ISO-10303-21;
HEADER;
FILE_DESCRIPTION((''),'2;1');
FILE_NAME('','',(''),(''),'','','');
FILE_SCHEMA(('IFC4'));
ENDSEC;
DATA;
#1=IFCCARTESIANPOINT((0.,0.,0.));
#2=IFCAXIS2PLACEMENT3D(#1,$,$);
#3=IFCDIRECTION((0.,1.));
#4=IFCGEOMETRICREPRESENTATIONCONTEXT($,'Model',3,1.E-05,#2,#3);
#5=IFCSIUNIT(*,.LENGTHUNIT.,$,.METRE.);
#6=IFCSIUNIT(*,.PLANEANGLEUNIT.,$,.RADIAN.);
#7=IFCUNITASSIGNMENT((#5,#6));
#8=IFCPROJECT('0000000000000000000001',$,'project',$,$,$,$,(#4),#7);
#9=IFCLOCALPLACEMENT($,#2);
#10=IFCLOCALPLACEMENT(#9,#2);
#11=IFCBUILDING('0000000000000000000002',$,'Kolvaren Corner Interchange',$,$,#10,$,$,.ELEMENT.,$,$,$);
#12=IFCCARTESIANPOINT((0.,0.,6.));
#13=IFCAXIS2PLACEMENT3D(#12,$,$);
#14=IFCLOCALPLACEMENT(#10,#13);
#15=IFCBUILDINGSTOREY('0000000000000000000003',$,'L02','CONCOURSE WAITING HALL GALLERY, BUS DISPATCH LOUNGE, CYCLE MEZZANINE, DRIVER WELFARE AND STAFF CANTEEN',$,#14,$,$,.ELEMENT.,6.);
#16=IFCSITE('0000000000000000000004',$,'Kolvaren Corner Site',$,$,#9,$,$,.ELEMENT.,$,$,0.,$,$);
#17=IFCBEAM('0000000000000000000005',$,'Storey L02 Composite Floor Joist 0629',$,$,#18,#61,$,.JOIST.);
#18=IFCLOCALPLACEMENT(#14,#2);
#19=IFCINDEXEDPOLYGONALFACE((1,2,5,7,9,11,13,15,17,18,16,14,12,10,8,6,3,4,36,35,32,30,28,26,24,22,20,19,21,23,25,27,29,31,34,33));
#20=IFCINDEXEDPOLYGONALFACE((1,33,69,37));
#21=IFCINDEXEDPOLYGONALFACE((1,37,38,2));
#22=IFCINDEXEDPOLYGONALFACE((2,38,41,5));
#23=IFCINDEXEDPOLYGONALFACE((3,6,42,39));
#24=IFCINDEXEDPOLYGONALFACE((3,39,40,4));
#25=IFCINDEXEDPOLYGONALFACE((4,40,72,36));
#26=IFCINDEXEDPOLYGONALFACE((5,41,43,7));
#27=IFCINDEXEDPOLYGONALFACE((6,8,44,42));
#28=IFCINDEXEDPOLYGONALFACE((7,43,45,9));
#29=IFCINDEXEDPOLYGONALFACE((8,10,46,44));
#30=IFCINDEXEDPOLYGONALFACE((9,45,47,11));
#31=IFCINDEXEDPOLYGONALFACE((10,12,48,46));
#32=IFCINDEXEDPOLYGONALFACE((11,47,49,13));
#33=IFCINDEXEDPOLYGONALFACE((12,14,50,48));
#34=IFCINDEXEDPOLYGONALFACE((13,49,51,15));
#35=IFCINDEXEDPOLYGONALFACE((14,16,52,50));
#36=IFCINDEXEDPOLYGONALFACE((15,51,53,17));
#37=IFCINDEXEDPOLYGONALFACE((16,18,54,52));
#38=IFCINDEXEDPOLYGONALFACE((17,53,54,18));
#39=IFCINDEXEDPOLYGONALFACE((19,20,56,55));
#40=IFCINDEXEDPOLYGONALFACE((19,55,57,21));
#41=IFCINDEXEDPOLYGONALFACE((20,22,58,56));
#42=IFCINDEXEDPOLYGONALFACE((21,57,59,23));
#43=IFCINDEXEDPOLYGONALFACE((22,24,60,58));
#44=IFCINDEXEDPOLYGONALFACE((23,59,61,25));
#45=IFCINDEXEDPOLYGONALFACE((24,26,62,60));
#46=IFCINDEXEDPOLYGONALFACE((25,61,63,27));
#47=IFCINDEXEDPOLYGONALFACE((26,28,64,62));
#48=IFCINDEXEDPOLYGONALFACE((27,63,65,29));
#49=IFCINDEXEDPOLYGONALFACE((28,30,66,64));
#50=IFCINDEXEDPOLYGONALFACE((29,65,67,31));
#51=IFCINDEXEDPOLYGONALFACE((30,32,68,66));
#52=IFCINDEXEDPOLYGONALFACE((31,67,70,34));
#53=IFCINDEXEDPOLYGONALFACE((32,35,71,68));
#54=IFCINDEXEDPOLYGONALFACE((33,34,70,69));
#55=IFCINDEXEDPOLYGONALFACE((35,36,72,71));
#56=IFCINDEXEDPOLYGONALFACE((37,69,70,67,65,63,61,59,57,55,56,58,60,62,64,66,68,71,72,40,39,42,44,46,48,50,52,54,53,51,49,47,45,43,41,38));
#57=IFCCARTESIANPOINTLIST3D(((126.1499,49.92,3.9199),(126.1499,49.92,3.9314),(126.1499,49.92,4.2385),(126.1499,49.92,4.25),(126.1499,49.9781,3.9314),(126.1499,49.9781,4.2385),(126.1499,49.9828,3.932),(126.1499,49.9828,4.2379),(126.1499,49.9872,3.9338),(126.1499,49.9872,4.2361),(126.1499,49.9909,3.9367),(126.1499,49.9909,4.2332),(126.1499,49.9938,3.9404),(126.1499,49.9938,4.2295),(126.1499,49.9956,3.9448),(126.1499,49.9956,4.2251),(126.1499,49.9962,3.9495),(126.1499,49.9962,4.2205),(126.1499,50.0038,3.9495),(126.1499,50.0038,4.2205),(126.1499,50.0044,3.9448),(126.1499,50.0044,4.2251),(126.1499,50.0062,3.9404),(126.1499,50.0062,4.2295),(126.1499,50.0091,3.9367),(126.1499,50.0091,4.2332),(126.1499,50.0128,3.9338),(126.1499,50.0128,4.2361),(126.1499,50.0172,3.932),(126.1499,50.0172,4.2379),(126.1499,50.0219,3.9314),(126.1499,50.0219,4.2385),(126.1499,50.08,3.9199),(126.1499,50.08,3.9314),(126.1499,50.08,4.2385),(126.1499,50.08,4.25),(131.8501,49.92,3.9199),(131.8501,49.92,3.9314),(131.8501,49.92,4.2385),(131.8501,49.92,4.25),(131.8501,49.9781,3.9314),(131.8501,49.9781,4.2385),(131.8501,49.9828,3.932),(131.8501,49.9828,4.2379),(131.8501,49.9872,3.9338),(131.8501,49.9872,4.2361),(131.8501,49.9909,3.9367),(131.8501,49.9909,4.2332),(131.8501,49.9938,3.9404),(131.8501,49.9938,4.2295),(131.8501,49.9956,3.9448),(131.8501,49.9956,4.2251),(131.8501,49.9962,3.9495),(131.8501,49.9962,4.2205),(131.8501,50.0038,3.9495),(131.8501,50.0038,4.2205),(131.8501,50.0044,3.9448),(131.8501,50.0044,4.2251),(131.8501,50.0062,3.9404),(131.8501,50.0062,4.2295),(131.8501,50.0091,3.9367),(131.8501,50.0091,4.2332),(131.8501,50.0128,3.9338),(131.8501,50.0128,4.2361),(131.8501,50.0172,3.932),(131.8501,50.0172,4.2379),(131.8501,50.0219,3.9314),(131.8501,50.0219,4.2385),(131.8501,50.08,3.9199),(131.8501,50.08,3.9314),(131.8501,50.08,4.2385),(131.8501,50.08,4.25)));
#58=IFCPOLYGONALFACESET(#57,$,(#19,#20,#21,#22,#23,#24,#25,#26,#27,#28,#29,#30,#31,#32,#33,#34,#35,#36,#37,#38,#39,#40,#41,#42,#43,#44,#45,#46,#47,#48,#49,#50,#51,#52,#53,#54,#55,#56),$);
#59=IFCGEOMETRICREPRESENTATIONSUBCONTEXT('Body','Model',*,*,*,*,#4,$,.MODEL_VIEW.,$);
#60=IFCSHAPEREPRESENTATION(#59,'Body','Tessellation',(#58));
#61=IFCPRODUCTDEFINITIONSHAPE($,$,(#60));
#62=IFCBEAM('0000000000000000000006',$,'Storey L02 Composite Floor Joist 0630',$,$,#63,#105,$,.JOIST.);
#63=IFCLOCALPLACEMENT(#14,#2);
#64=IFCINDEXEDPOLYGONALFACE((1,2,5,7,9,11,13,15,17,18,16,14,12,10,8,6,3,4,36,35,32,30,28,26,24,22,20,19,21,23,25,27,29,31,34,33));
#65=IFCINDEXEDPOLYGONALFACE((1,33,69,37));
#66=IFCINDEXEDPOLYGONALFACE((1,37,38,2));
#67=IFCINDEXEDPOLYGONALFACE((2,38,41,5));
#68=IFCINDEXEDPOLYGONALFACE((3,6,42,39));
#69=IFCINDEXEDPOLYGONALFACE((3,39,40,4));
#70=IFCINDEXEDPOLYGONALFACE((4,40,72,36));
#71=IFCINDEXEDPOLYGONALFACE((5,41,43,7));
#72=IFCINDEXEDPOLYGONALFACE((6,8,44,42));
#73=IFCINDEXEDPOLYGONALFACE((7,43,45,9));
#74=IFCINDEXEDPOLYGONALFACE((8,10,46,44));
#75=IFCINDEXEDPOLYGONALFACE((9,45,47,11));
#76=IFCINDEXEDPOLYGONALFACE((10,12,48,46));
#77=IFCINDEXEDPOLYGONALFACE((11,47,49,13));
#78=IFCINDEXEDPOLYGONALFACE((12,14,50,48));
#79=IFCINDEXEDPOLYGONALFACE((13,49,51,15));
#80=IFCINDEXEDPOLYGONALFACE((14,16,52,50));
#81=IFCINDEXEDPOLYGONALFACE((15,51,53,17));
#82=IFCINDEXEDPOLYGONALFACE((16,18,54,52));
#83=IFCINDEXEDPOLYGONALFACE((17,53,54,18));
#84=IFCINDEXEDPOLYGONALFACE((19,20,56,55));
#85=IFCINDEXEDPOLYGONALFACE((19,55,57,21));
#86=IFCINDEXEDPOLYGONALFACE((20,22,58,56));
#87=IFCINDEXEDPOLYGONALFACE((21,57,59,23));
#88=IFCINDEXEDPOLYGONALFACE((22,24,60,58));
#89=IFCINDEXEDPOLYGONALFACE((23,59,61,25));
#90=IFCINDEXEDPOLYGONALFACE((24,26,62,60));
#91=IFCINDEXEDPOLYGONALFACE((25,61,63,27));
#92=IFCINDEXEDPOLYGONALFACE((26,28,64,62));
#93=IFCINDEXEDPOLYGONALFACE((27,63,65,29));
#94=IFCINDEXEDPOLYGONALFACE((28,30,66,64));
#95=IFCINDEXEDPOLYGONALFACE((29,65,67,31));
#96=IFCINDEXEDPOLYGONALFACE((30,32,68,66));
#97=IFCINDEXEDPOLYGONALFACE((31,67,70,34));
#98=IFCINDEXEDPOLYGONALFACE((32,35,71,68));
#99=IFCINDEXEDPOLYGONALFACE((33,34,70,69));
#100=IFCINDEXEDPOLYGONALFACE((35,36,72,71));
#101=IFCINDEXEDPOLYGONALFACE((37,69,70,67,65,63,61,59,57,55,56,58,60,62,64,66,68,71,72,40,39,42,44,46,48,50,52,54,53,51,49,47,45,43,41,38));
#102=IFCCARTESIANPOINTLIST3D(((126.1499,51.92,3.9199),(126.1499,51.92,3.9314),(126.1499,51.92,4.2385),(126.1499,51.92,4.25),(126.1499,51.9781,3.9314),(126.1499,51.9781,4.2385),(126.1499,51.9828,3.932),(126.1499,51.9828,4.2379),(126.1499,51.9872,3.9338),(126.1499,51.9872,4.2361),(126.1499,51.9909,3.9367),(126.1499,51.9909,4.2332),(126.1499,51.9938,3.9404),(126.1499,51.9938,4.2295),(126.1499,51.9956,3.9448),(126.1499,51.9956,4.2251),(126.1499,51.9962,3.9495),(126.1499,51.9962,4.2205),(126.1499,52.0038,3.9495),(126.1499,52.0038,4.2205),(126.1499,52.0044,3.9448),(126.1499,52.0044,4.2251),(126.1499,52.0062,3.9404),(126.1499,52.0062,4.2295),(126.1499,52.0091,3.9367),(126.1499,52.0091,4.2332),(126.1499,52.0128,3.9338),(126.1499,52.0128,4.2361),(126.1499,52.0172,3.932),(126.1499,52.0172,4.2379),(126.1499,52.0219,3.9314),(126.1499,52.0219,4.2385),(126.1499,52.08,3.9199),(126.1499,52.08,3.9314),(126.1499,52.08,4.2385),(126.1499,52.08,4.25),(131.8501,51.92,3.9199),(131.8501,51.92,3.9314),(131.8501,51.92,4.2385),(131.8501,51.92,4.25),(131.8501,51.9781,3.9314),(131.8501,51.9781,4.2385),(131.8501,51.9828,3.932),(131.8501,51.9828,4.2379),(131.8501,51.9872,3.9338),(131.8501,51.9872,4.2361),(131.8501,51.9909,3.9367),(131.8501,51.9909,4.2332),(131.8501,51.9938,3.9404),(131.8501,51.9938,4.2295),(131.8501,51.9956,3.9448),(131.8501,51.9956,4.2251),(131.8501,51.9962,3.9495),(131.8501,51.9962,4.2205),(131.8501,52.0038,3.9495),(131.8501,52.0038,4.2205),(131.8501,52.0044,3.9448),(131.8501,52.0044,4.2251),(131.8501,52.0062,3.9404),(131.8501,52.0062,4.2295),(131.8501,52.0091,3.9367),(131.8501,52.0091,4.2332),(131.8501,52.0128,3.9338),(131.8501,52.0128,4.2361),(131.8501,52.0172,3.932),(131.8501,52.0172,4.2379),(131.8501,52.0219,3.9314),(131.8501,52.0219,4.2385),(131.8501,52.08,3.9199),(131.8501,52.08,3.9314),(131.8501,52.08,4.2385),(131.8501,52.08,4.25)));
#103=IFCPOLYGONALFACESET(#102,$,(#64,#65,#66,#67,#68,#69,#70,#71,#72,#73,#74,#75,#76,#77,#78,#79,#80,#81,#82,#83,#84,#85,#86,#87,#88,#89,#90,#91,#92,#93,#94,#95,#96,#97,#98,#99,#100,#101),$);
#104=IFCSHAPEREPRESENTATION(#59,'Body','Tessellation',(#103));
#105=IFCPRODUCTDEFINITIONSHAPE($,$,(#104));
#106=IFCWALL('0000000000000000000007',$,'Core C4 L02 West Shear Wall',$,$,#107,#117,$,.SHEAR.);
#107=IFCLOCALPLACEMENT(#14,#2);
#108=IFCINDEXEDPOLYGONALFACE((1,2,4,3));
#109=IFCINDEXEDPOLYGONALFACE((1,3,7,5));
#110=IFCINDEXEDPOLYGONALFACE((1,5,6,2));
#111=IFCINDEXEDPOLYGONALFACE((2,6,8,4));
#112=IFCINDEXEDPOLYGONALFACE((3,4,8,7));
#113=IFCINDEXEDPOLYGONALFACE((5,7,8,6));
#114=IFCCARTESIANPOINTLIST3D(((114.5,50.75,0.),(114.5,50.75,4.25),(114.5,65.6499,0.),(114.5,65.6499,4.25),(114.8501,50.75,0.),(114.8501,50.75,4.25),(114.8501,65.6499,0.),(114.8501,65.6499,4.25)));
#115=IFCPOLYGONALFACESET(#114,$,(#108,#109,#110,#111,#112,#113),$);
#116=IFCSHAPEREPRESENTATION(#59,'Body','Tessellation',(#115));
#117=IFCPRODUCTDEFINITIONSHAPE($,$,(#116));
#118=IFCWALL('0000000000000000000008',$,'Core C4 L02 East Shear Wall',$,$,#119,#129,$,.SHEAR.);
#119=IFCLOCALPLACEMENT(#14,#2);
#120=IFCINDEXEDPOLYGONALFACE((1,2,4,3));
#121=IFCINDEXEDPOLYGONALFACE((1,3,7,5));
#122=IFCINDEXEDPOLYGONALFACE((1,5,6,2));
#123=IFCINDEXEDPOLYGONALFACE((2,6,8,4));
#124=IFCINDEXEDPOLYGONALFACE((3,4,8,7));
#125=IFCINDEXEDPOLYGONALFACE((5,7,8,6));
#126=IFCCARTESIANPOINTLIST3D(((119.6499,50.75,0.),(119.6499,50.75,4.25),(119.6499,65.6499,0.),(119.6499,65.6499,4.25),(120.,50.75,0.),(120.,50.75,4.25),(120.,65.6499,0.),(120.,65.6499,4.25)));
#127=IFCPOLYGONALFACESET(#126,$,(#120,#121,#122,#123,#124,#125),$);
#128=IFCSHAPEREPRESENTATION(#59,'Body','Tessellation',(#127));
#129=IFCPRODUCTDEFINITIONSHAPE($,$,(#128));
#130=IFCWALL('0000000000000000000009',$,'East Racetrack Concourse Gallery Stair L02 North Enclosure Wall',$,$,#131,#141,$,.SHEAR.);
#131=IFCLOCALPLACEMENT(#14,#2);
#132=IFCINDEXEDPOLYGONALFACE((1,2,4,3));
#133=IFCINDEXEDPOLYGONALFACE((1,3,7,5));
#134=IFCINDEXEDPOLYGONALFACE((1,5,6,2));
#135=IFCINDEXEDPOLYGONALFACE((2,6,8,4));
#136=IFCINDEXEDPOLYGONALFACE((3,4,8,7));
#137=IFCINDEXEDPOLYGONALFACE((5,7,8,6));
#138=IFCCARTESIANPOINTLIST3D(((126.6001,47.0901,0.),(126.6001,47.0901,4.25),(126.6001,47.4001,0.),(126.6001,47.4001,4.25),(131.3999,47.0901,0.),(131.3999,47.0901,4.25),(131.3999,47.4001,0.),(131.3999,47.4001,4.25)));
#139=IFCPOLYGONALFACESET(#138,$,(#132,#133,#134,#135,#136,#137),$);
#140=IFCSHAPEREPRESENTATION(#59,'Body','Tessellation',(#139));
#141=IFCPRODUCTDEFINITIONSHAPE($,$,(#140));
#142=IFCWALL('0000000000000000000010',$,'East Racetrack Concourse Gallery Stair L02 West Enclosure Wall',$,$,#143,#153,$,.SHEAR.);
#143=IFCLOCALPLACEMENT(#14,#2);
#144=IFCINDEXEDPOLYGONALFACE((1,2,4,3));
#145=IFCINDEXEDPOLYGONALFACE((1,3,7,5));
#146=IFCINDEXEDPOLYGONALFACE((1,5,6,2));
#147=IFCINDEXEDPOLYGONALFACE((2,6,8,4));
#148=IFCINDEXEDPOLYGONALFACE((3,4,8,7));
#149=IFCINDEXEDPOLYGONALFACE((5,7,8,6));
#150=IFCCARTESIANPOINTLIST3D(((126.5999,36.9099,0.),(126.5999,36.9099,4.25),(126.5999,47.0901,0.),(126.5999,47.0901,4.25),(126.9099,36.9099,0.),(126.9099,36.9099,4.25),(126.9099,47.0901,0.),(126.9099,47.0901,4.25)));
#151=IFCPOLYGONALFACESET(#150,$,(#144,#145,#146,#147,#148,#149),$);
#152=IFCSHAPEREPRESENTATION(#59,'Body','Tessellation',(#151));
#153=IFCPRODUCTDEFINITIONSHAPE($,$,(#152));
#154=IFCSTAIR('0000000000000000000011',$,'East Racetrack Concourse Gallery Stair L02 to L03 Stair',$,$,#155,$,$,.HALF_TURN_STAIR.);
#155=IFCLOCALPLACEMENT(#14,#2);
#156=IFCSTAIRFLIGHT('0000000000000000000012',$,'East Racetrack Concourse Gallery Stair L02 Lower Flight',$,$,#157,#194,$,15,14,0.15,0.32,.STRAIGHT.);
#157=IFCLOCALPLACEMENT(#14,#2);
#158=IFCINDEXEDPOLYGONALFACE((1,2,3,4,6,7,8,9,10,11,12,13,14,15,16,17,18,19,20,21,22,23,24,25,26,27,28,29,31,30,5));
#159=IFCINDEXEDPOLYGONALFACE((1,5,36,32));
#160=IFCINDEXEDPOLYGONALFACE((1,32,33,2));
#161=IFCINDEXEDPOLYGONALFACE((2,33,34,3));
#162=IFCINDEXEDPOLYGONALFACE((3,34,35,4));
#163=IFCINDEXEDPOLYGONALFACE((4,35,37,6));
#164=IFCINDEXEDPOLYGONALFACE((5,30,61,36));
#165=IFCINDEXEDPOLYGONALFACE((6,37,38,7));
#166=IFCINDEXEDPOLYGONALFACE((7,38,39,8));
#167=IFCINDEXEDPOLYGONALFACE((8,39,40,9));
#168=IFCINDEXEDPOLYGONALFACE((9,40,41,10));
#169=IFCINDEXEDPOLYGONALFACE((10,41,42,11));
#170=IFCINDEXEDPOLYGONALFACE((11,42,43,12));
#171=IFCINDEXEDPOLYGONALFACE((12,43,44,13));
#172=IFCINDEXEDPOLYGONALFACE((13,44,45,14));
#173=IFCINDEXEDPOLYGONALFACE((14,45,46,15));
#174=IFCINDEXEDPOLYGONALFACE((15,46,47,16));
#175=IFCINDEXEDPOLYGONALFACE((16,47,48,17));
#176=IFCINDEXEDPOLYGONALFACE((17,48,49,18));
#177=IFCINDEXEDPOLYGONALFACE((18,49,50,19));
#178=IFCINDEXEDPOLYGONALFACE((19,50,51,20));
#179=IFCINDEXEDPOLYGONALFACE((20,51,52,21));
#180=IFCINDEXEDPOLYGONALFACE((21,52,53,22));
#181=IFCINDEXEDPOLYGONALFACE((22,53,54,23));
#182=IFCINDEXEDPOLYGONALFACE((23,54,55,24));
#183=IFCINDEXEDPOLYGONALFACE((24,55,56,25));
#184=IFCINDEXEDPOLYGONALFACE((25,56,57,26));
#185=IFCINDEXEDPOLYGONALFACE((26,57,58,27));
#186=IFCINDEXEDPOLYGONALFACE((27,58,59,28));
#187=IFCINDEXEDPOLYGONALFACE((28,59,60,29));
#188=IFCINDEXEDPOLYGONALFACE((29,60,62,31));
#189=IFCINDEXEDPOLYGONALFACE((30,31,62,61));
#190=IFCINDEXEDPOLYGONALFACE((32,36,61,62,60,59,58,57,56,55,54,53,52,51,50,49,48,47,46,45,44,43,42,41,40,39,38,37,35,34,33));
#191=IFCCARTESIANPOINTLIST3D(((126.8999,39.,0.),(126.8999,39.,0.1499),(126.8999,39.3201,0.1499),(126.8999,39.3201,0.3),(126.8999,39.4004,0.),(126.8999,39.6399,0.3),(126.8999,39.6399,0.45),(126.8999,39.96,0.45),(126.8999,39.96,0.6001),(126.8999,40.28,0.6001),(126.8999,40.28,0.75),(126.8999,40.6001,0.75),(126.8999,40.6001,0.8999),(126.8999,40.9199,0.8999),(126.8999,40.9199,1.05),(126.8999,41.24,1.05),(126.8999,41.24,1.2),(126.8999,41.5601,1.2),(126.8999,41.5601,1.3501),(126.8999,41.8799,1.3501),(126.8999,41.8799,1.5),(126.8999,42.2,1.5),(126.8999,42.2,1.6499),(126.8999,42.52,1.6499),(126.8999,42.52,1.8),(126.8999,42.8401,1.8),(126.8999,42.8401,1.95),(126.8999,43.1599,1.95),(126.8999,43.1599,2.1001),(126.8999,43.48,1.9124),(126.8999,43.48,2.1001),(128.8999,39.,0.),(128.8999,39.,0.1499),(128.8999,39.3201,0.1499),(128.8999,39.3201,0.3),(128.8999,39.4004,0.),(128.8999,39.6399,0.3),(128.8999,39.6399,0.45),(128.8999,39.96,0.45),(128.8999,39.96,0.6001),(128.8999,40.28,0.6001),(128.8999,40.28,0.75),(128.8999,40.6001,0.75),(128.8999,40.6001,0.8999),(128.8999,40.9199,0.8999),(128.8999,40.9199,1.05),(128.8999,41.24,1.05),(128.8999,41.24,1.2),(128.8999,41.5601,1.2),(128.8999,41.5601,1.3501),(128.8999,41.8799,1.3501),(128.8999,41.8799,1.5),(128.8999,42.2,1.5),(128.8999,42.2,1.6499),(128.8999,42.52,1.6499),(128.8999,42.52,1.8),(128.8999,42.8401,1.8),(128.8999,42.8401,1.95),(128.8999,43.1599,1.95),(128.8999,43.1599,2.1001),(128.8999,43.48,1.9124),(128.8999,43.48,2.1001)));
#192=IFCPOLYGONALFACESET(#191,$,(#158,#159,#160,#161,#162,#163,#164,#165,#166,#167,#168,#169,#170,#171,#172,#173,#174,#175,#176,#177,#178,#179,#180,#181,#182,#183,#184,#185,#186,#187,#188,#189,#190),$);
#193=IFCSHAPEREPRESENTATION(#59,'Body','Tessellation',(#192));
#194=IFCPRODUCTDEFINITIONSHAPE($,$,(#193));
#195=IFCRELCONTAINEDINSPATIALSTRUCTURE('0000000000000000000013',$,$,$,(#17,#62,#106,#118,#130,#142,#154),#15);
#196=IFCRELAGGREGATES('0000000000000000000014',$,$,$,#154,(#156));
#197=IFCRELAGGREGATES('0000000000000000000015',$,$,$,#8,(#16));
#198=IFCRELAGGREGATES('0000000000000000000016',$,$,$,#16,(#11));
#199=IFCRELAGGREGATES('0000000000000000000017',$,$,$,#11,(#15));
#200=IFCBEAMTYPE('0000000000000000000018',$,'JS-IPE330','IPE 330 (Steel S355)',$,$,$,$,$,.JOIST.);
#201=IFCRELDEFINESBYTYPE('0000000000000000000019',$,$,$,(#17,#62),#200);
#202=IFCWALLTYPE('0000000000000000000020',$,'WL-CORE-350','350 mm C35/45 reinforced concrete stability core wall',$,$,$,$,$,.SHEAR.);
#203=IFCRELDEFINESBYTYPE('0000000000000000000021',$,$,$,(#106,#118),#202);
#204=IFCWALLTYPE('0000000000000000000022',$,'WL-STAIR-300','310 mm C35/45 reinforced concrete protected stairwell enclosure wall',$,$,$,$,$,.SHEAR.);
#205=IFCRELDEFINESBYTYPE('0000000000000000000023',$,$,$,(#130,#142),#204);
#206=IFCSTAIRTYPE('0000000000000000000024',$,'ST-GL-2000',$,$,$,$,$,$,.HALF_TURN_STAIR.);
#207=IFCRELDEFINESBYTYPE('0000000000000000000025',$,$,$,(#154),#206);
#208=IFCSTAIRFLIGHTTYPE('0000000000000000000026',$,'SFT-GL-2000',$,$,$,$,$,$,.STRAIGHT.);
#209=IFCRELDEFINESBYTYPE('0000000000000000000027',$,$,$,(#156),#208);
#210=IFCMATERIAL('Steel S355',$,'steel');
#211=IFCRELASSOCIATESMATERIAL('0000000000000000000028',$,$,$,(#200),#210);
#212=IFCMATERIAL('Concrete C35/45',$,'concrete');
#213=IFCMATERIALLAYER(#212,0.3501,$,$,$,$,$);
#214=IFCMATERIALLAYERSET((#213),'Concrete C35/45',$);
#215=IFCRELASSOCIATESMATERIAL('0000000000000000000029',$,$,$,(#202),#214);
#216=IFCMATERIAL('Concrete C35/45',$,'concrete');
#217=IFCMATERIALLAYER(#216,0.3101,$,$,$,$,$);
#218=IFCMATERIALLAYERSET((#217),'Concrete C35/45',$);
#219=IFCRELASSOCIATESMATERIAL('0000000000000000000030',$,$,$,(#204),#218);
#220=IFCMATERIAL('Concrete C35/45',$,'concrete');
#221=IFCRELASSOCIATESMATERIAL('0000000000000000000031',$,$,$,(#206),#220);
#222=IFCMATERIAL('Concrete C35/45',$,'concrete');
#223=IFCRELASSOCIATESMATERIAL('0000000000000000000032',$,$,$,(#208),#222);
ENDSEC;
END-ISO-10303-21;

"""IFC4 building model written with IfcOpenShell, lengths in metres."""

from ifc_helpers import new_model, si_unit, direction, frame, frame_2d, origin, origin_2d, place, context, subcontext, project, spatial, polyline, rectangle, i_section, outline, extrude, material, layer, layer_set, material_profile, profile_set, type_object, element, aggregate, save


model = new_model("IFC4")

# Units and contexts
model_context = context("Model", 3, precision=1e-05, world=origin(), true_north=direction((0.0, 1.0)))
body_context = subcontext(model_context, "Body", "Model", "MODEL_VIEW")
ifc_project = project(units=[si_unit("LENGTHUNIT", "METRE"), si_unit("PLANEANGLEUNIT", "RADIAN")], contexts=[model_context])

# Site, building, storey
site_placement = place(None, origin())
site = spatial("IfcSite", under=ifc_project, at=site_placement, Name="Kolvaren Corner Site", CompositionType="ELEMENT", RefElevation=0.0)
building_placement = place(site_placement, origin())
building = spatial("IfcBuilding", under=site, at=building_placement, Name="Kolvaren Corner Interchange", CompositionType="ELEMENT")
storey_placement = place(building_placement, frame((0.0, 0.0, 6.0)))
storey = spatial("IfcBuildingStorey", under=building, at=storey_placement, Name="L02", Description="CONCOURSE WAITING HALL GALLERY, BUS DISPATCH LOUNGE, CYCLE MEZZANINE, DRIVER WELFARE AND STAFF CANTEEN", CompositionType="ELEMENT", Elevation=6.0)

# Beams
ifc_material_1 = material(Name="Steel S355", Category="steel")
ifc_material_profile_1 = material_profile(ifc_material_1, i_section(OverallWidth=0.1599, OverallDepth=0.3301, WebThickness=0.0076, FlangeThickness=0.0115, FilletRadius=0.0181, at=origin_2d()), Name="IPE 330")
ifc_profile_set_1 = profile_set([ifc_material_profile_1], Name="Steel S355")
beam_type_1 = type_object("IfcBeamType", Name="JS-IPE330", Description="IPE 330 (Steel S355)", PredefinedType="JOIST", material=ifc_profile_set_1)
for number, where, z_axis, x_axis, name in (
    (1, (126.1499, 50.0, 4.085), (1.0, 0.0, 0.0), (0.0, 1.0, 0.0), "Storey L02 Composite Floor Joist 0629"),
    (2, (126.1499, 52.0, 4.085), (1.0, 0.0, 0.0), (0.0, 1.0, 0.0), "Storey L02 Composite Floor Joist 0630"),
):
    element("IfcBeam", number, at=place(storey_placement, frame(where, z_axis=z_axis, x_axis=x_axis)), inside=storey, type_object=beam_type_1, Name=name, PredefinedType="JOIST", context=body_context, shape_type="SweptSolid", body=[
        extrude(i_section(OverallWidth=0.1599, OverallDepth=0.3301, WebThickness=0.0076, FlangeThickness=0.0115, FilletRadius=0.0181, at=origin_2d()), origin(), (0.0, 0.0, 1.0), 5.7002),
    ])

# Walls
ifc_material_2 = material(Name="Concrete C35/45", Category="concrete")
ifc_layer_1 = layer(ifc_material_2, 0.3501)
ifc_layer_set_1 = layer_set([ifc_layer_1], Name="Concrete C35/45")
wall_type_1 = type_object("IfcWallType", Name="WL-CORE-350", Description="350 mm C35/45 reinforced concrete stability core wall", PredefinedType="SHEAR", material=ifc_layer_set_1)
for number, where, z_axis, x_axis, name in (
    (3, (114.675, 50.75, 0.0), (0.0, 0.0, 1.0), (0.0, 1.0, 0.0), "Core C4 L02 West Shear Wall"),
    (4, (119.825, 50.75, 0.0), (0.0, 0.0, 1.0), (0.0, 1.0, 0.0), "Core C4 L02 East Shear Wall"),
):
    element("IfcWall", number, at=place(storey_placement, frame(where, z_axis=z_axis, x_axis=x_axis)), inside=storey, type_object=wall_type_1, Name=name, PredefinedType="SHEAR", context=body_context, shape_type="SweptSolid", body=[
        extrude(rectangle(XDim=14.8999, YDim=0.3501, at=frame_2d((7.45, 0.0))), origin(), (0.0, 0.0, 1.0), 4.25),
    ])

# Shared definitions
ifc_material_3 = material(Name="Concrete C35/45", Category="concrete")
ifc_layer_2 = layer(ifc_material_3, 0.3101)
ifc_layer_set_2 = layer_set([ifc_layer_2], Name="Concrete C35/45")
wall_type_2 = type_object("IfcWallType", Name="WL-STAIR-300", Description="310 mm C35/45 reinforced concrete protected stairwell enclosure wall", PredefinedType="SHEAR", material=ifc_layer_set_2)

# Walls
wall_1_placement = place(storey_placement, frame((126.6001, 47.2451, 0.0), z_axis=(0.0, 0.0, 1.0), x_axis=(1.0, 0.0, 0.0)))
element("IfcWall", 5, at=wall_1_placement, inside=storey, type_object=wall_type_2, Name="East Racetrack Concourse Gallery Stair L02 North Enclosure Wall", PredefinedType="SHEAR", context=body_context, shape_type="SweptSolid", body=[
    extrude(rectangle(XDim=4.7998, YDim=0.3101, at=frame_2d((2.3999, 0.0))), origin(), (0.0, 0.0, 1.0), 4.25),
])
wall_2_placement = place(storey_placement, frame((126.7549, 36.9099, 0.0), z_axis=(0.0, 0.0, 1.0), x_axis=(0.0, 1.0, 0.0)))
element("IfcWall", 6, at=wall_2_placement, inside=storey, type_object=wall_type_2, Name="East Racetrack Concourse Gallery Stair L02 West Enclosure Wall", PredefinedType="SHEAR", context=body_context, shape_type="SweptSolid", body=[
    extrude(rectangle(XDim=10.1802, YDim=0.3101, at=frame_2d((5.0901, 0.0))), origin(), (0.0, 0.0, 1.0), 4.25),
])

# Stair, stair flight
ifc_material_4 = material(Name="Concrete C35/45", Category="concrete")
stair_type_1 = type_object("IfcStairType", Name="ST-GL-2000", PredefinedType="HALF_TURN_STAIR", material=ifc_material_4)
stair_1_placement = place(storey_placement, origin())
stair_1 = element("IfcStair", 7, at=stair_1_placement, inside=storey, type_object=stair_type_1, Name="East Racetrack Concourse Gallery Stair L02 to L03 Stair", PredefinedType="HALF_TURN_STAIR")
ifc_material_5 = material(Name="Concrete C35/45", Category="concrete")
stair_flight_type_1 = type_object("IfcStairFlightType", Name="SFT-GL-2000", PredefinedType="STRAIGHT", material=ifc_material_5)
stair_flight_1_placement = place(storey_placement, frame((127.8999, 39.0, 0.0), z_axis=(0.0, 0.0, 1.0), x_axis=(0.0, 1.0, 0.0)))
stair_flight_1 = element("IfcStairFlight", 8, at=stair_flight_1_placement, type_object=stair_flight_type_1, Name="East Racetrack Concourse Gallery Stair L02 Lower Flight", NumberOfRisers=15, NumberOfTreads=14, PredefinedType="STRAIGHT", RiserHeight=0.15, TreadLength=0.32, context=body_context, shape_type="SweptSolid", body=[
    extrude(outline(polyline([(0.0, 0.0), (0.0, 0.1499), (0.3201, 0.1499), (0.3201, 0.3), (0.6399, 0.3), (0.6399, 0.45), (0.96, 0.45), (0.96, 0.6001), (1.28, 0.6001), (1.28, 0.75), (1.6001, 0.75), (1.6001, 0.8999), (1.9199, 0.8999), (1.9199, 1.05), (2.24, 1.05), (2.24, 1.2), (2.5601, 1.2), (2.5601, 1.3501), (2.8799, 1.3501), (2.8799, 1.5), (3.2, 1.5), (3.2, 1.6499), (3.52, 1.6499), (3.52, 1.8), (3.8401, 1.8), (3.8401, 1.95), (4.1599, 1.95), (4.1599, 2.1001), (4.48, 2.1001), (4.48, 2.25), (4.48, 1.9124), (0.4004, 0.0), (0.0, 0.0)])), frame((0.0, 1.0, 0.0), z_axis=(0.0, -1.0, 0.0), x_axis=(1.0, 0.0, 0.0)), (0.0, 0.0, 1.0), 2.0),
])

aggregate(stair_1, [stair_flight_1])

save(model, "model.ifc")
